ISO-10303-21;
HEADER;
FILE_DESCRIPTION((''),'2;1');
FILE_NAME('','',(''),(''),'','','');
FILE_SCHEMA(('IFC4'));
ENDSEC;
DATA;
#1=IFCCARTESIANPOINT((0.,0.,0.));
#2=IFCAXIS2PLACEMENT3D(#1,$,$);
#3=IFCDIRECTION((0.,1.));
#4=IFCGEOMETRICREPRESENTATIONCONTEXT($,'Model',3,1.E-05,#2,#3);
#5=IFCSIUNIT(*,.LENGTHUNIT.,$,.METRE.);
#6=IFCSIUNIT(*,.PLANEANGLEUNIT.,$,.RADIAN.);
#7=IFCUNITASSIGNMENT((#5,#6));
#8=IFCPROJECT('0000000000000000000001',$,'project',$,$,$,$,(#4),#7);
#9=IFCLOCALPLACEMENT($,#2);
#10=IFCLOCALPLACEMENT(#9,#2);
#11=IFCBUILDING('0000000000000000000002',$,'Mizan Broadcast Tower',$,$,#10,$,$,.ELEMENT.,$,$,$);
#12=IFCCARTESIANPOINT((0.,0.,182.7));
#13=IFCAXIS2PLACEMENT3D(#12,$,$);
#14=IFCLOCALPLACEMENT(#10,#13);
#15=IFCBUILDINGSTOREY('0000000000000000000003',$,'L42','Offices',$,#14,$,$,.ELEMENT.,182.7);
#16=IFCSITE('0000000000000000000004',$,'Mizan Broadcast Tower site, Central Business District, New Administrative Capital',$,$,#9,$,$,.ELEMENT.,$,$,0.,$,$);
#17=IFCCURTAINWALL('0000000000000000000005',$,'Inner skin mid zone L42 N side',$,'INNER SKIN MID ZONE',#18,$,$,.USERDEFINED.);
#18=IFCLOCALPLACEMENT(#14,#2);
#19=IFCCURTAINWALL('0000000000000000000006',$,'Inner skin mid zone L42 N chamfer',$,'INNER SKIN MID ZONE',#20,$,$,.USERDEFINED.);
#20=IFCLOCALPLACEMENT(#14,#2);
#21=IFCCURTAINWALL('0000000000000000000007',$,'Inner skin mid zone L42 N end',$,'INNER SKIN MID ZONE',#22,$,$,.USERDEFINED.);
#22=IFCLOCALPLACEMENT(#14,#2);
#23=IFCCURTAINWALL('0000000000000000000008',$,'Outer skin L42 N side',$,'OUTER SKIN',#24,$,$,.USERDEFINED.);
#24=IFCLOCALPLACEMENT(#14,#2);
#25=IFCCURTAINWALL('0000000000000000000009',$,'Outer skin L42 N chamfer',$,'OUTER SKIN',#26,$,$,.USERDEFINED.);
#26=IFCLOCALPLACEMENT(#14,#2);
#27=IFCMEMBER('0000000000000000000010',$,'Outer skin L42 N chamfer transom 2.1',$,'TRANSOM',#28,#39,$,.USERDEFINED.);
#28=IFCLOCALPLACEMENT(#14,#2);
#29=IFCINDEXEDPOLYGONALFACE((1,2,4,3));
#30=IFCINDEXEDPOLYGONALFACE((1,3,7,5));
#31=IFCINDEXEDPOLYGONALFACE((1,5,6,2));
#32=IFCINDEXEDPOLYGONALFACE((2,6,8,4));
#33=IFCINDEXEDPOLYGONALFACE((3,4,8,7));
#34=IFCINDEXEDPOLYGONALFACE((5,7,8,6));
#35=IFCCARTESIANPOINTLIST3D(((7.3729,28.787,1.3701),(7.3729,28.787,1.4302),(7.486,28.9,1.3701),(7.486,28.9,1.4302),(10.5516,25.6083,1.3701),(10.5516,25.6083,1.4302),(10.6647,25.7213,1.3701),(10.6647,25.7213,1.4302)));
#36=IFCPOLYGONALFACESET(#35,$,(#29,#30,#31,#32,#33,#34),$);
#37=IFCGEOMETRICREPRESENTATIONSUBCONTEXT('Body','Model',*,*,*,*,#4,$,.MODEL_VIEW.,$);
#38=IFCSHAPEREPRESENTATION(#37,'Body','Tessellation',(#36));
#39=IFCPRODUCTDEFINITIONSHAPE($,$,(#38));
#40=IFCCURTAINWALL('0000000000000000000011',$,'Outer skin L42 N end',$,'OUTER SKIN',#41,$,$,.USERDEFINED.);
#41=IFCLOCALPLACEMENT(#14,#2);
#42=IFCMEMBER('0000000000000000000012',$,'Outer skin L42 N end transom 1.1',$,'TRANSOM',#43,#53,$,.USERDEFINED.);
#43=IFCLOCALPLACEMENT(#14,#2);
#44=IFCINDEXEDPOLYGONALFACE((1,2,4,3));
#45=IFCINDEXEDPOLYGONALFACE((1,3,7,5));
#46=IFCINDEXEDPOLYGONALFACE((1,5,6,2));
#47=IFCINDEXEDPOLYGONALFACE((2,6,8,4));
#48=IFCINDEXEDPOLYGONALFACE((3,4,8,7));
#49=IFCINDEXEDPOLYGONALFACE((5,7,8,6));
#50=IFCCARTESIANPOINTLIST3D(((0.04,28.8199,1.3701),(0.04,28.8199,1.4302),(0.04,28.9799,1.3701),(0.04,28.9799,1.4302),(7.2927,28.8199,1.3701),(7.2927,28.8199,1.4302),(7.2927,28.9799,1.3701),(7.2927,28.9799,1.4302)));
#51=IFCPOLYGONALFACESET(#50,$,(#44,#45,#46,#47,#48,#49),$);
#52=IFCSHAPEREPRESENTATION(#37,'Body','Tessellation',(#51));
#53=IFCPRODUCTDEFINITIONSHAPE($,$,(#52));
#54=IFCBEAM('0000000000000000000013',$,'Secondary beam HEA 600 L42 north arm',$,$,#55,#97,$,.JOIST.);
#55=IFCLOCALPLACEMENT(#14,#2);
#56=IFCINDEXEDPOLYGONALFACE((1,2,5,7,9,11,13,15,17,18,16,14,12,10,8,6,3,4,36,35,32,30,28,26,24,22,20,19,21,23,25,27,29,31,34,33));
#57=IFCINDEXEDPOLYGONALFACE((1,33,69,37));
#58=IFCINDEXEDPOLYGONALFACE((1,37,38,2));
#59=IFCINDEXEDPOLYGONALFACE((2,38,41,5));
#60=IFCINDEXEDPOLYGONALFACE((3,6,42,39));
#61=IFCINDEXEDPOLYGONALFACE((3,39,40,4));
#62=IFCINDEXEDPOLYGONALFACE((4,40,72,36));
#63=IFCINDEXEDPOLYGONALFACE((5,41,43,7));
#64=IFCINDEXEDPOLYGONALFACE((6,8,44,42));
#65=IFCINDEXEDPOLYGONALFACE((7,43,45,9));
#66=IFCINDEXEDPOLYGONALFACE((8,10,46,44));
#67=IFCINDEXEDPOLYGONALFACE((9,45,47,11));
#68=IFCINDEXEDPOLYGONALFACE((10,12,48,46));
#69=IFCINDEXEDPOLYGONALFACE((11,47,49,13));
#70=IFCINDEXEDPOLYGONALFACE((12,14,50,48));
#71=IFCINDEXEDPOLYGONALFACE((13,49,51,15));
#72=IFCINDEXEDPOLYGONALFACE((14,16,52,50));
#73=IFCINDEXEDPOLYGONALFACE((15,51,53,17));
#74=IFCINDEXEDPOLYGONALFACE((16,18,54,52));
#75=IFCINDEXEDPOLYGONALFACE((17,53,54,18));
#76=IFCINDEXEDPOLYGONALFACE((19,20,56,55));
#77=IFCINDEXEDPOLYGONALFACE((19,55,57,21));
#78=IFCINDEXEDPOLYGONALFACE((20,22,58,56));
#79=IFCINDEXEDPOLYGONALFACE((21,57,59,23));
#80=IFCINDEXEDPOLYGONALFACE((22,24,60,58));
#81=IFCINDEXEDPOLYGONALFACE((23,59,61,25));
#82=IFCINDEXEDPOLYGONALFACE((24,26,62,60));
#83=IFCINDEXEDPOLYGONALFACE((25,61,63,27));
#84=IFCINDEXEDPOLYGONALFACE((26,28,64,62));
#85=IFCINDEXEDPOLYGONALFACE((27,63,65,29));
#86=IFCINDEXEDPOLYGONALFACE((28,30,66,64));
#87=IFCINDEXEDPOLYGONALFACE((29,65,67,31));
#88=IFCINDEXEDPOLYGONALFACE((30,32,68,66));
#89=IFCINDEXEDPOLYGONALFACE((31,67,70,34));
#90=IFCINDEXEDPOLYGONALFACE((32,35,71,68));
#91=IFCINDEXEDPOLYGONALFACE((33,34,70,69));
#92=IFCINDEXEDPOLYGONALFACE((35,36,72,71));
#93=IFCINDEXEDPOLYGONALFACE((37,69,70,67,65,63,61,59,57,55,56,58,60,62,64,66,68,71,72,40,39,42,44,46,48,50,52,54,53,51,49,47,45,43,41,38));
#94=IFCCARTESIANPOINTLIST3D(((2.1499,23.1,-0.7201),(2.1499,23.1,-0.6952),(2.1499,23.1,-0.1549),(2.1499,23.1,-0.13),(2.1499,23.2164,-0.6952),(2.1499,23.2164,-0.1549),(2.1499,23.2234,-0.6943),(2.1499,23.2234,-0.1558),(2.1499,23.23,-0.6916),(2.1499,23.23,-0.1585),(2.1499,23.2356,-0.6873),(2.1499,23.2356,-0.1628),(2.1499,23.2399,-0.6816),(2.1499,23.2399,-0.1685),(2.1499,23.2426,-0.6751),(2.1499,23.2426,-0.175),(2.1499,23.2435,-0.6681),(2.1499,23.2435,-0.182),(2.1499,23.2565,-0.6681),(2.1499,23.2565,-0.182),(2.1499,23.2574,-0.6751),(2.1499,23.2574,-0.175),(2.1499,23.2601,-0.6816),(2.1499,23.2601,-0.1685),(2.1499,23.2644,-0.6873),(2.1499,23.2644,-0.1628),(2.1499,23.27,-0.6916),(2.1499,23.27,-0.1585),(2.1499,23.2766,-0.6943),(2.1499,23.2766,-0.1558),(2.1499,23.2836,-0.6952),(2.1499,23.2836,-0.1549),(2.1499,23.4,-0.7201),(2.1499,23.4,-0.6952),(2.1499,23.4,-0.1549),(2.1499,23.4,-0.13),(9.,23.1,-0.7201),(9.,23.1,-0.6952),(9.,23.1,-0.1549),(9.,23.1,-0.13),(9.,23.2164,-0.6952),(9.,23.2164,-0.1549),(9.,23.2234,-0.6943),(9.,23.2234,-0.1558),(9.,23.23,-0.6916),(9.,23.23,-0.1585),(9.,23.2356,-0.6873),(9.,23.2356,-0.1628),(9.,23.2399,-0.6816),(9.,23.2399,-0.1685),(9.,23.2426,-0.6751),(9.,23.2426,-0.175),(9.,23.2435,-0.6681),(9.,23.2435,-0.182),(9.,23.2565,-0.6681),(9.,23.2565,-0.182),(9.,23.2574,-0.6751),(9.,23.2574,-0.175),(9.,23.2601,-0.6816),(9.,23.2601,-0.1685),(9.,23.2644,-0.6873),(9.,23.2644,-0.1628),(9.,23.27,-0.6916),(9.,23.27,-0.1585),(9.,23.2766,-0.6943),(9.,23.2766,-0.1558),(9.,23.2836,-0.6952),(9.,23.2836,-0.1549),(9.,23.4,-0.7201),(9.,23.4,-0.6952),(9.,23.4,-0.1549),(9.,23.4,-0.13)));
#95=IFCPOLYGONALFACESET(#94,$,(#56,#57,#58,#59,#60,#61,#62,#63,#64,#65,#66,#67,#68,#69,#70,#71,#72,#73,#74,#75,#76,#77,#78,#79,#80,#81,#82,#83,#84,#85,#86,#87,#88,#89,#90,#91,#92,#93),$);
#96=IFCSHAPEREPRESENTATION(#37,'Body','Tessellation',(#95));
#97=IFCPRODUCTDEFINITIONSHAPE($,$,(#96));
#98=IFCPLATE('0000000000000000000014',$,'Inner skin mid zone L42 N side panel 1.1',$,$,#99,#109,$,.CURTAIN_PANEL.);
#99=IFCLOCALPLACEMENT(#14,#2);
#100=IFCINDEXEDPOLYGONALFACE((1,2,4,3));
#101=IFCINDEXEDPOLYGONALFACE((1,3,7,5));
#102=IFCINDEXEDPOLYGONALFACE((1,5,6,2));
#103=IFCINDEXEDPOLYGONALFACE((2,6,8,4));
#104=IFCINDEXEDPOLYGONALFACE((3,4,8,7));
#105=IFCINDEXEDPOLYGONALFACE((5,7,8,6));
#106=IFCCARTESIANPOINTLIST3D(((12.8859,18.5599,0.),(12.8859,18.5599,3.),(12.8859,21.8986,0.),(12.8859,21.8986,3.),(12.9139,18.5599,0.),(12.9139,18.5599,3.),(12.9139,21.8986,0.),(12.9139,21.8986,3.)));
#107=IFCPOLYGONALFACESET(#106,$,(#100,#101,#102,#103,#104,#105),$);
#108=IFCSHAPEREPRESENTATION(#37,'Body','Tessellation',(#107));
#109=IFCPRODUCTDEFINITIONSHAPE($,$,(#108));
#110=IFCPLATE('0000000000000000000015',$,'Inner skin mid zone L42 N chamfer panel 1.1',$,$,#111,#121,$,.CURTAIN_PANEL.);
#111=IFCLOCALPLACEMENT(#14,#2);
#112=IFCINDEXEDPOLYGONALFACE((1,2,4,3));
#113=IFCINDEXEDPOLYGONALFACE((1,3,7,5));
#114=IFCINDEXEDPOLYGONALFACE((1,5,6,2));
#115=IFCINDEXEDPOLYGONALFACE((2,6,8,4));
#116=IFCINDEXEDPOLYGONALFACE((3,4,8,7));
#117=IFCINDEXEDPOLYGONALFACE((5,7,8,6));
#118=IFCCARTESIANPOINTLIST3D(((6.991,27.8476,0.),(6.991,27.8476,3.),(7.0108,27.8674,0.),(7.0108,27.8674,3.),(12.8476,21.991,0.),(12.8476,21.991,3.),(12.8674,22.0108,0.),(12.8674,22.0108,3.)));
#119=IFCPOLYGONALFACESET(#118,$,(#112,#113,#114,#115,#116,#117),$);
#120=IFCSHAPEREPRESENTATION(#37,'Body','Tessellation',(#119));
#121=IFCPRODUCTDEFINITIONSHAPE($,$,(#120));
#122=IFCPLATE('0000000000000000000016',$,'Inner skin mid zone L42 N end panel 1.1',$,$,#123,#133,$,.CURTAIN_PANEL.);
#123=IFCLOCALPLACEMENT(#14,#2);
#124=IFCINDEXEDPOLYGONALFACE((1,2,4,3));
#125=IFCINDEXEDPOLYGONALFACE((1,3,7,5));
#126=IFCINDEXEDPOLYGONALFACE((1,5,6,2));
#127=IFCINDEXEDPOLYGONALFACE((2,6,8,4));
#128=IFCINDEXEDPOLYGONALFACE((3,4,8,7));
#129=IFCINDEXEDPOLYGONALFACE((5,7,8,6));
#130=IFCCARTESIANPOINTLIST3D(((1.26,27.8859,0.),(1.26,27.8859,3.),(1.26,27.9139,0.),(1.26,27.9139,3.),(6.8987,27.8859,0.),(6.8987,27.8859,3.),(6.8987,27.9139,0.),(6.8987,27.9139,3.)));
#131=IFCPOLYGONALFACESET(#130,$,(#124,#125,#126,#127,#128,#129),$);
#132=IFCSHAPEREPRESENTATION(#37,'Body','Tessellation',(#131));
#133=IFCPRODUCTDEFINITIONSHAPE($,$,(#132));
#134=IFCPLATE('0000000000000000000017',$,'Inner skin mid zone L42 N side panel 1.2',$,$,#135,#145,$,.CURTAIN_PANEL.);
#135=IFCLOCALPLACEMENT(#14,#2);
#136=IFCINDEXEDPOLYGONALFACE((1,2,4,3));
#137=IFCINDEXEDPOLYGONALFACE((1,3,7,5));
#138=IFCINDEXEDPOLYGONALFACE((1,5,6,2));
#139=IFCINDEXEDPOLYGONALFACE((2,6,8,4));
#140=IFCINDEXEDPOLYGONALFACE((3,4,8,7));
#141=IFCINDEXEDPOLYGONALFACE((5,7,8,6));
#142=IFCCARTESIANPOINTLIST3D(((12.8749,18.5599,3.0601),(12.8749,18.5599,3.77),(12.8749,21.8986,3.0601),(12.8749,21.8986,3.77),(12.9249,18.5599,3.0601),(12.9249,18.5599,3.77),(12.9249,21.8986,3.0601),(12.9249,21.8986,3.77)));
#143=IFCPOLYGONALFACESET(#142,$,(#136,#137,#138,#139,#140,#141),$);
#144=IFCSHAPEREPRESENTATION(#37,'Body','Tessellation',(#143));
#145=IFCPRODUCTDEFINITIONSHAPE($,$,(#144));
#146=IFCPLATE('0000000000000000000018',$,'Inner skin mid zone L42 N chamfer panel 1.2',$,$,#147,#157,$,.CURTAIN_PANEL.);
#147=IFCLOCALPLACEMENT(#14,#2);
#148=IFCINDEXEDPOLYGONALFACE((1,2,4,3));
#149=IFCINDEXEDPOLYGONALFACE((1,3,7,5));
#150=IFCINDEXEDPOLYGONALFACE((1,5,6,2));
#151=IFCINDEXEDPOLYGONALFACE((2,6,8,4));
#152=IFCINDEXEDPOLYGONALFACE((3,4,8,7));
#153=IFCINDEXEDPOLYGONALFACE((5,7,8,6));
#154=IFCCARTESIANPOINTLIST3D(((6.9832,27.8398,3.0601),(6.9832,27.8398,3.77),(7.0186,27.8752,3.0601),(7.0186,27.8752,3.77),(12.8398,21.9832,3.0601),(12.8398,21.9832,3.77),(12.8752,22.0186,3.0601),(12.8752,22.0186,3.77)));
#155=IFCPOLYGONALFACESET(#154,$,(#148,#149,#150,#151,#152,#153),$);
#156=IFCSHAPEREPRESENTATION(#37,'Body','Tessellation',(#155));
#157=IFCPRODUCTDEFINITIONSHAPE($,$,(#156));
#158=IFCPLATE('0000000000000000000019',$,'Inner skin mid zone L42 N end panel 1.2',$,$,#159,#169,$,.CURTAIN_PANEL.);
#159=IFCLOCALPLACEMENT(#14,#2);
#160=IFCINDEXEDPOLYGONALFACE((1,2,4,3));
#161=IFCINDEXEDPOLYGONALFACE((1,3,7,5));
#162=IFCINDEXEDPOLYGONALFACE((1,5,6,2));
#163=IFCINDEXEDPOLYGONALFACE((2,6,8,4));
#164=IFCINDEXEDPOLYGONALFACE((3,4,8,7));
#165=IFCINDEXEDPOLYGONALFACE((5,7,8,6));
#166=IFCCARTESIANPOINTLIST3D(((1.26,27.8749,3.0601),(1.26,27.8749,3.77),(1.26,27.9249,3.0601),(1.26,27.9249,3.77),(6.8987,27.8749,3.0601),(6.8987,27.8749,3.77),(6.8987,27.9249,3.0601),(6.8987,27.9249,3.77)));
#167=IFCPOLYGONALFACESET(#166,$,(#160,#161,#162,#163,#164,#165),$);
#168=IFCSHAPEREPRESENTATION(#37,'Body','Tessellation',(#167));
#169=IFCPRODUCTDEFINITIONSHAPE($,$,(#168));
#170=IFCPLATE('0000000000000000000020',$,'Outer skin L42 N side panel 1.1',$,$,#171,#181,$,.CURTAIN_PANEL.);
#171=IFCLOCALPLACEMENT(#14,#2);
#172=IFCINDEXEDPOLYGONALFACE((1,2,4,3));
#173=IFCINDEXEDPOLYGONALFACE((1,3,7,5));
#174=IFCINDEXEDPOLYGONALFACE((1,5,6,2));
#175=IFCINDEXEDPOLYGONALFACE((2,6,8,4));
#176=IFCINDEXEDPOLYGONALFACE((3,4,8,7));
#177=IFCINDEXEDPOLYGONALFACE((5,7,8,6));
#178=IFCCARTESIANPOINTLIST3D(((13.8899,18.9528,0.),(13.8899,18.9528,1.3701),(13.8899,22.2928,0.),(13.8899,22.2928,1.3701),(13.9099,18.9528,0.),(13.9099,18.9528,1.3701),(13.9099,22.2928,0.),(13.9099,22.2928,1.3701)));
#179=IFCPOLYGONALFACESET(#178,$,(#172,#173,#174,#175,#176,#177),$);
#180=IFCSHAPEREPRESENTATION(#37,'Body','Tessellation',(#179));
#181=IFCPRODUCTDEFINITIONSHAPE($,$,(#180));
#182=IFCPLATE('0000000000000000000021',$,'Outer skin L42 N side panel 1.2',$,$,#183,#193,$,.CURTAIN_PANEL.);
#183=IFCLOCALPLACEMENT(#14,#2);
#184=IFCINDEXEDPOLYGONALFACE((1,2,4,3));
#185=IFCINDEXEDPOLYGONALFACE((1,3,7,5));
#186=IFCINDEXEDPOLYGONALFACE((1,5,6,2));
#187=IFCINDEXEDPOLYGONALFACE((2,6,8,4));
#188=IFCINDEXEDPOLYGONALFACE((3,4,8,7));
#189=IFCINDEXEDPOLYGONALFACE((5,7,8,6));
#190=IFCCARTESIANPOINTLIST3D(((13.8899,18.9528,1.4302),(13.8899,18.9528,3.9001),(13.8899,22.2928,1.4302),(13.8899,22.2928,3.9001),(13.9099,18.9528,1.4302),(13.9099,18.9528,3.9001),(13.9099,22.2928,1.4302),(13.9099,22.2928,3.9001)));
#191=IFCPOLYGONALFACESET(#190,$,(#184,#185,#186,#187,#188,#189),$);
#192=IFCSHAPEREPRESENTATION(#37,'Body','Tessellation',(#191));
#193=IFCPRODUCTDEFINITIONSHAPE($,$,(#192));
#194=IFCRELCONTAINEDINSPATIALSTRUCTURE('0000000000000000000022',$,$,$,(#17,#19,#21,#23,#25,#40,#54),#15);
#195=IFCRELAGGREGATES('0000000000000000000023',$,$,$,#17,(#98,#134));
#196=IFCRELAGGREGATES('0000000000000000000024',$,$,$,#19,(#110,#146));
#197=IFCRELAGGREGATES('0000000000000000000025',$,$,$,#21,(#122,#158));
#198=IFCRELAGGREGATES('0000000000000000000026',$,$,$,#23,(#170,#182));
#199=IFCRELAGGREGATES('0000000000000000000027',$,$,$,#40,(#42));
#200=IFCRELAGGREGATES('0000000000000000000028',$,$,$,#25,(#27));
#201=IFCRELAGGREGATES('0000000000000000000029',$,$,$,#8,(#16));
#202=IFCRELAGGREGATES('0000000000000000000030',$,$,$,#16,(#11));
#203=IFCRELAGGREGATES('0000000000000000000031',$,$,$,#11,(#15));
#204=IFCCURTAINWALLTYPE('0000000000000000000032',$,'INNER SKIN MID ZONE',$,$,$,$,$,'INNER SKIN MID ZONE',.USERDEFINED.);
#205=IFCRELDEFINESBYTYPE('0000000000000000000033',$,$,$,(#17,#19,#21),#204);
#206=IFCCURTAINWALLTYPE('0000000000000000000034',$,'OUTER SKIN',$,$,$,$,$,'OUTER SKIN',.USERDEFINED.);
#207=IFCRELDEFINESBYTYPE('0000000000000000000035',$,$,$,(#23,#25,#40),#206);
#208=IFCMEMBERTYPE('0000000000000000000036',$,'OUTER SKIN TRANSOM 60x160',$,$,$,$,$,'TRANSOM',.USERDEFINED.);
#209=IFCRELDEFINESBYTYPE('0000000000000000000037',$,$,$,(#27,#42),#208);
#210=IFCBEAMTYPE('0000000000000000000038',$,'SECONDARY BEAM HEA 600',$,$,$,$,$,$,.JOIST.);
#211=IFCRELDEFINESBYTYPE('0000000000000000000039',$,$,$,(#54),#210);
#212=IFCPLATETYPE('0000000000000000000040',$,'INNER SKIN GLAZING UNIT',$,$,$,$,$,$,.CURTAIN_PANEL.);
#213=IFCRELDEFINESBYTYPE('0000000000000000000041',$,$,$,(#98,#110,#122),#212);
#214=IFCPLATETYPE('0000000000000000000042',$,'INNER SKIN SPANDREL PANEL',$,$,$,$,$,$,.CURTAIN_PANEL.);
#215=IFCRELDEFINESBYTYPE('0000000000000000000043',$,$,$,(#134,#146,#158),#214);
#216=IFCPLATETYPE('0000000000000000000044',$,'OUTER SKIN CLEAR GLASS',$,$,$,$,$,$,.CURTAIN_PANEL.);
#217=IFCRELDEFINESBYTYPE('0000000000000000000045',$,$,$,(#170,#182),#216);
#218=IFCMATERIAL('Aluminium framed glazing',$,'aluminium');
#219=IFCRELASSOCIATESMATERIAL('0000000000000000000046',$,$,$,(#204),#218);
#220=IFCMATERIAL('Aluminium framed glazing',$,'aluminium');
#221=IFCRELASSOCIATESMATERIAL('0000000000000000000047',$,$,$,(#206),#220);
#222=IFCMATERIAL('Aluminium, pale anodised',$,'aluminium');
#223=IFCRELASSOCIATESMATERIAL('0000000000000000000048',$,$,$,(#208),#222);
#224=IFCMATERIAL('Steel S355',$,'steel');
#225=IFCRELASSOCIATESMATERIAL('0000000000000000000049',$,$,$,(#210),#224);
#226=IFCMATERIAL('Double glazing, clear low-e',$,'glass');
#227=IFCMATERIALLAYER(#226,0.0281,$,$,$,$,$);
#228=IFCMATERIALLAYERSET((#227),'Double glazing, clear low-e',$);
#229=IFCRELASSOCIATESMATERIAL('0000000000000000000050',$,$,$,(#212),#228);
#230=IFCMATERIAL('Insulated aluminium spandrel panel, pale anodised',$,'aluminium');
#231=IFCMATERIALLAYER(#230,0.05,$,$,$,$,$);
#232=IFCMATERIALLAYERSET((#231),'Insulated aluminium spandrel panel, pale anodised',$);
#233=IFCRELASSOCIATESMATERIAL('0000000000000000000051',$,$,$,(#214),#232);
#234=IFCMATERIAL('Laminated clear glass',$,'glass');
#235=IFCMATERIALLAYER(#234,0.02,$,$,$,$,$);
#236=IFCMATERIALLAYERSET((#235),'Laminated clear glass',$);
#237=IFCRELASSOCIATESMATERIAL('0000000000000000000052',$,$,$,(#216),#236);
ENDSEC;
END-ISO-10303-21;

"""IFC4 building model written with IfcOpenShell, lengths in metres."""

from ifc_helpers import new_model, si_unit, direction, frame, origin, origin_2d, place, context, subcontext, project, spatial, rectangle, i_section, extrude, material, layer, layer_set, material_profile, profile_set, type_object, element, aggregate, save


model = new_model("IFC4")

# Units and contexts
model_context = context("Model", 3, precision=1e-05, world=origin(), true_north=direction((0.0, 1.0)))
body_context = subcontext(model_context, "Body", "Model", "MODEL_VIEW")
ifc_project = project(units=[si_unit("LENGTHUNIT", "METRE"), si_unit("PLANEANGLEUNIT", "RADIAN")], contexts=[model_context])

# Site, building, storey
site_placement = place(None, origin())
site = spatial("IfcSite", under=ifc_project, at=site_placement, Name="Mizan Broadcast Tower site, Central Business District, New Administrative Capital", CompositionType="ELEMENT", RefElevation=0.0)
building_placement = place(site_placement, origin())
building = spatial("IfcBuilding", under=site, at=building_placement, Name="Mizan Broadcast Tower", CompositionType="ELEMENT")
storey_placement = place(building_placement, frame((0.0, 0.0, 182.7)))
storey = spatial("IfcBuildingStorey", under=building, at=storey_placement, Name="L42", Description="Offices", CompositionType="ELEMENT", Elevation=182.7)

# Curtain walls
ifc_material_1 = material(Name="Aluminium framed glazing", Category="aluminium")
curtain_wall_type_1 = type_object("IfcCurtainWallType", Name="INNER SKIN MID ZONE", ElementType="INNER SKIN MID ZONE", PredefinedType="USERDEFINED", material=ifc_material_1)
curtain_wall_1_placement = place(storey_placement, origin())
curtain_wall_1 = element("IfcCurtainWall", 1, at=curtain_wall_1_placement, inside=storey, type_object=curtain_wall_type_1, Name="Inner skin mid zone L42 N side", ObjectType="INNER SKIN MID ZONE", PredefinedType="USERDEFINED")
curtain_wall_2_placement = place(storey_placement, origin())
curtain_wall_2 = element("IfcCurtainWall", 2, at=curtain_wall_2_placement, inside=storey, type_object=curtain_wall_type_1, Name="Inner skin mid zone L42 N chamfer", ObjectType="INNER SKIN MID ZONE", PredefinedType="USERDEFINED")
curtain_wall_3_placement = place(storey_placement, origin())
curtain_wall_3 = element("IfcCurtainWall", 3, at=curtain_wall_3_placement, inside=storey, type_object=curtain_wall_type_1, Name="Inner skin mid zone L42 N end", ObjectType="INNER SKIN MID ZONE", PredefinedType="USERDEFINED")

# Curtain wall
ifc_material_2 = material(Name="Aluminium framed glazing", Category="aluminium")
curtain_wall_type_2 = type_object("IfcCurtainWallType", Name="OUTER SKIN", ElementType="OUTER SKIN", PredefinedType="USERDEFINED", material=ifc_material_2)
curtain_wall_4_placement = place(storey_placement, origin())
curtain_wall_4 = element("IfcCurtainWall", 4, at=curtain_wall_4_placement, inside=storey, type_object=curtain_wall_type_2, Name="Outer skin L42 N side", ObjectType="OUTER SKIN", PredefinedType="USERDEFINED")

# Curtain wall, member
curtain_wall_5_placement = place(storey_placement, origin())
curtain_wall_5 = element("IfcCurtainWall", 5, at=curtain_wall_5_placement, inside=storey, type_object=curtain_wall_type_2, Name="Outer skin L42 N chamfer", ObjectType="OUTER SKIN", PredefinedType="USERDEFINED")
ifc_material_3 = material(Name="Aluminium, pale anodised", Category="aluminium")
ifc_material_profile_1 = material_profile(ifc_material_3, rectangle(XDim=0.1599, YDim=0.0601, at=origin_2d()), Name="TRANSOM 160x60")
ifc_profile_set_1 = profile_set([ifc_material_profile_1], Name="Aluminium, pale anodised")
member_type_1 = type_object("IfcMemberType", Name="OUTER SKIN TRANSOM 60x160", ElementType="TRANSOM", PredefinedType="USERDEFINED", material=ifc_profile_set_1)
member_1_placement = place(storey_placement, frame((10.6082, 25.6648, 1.4001), z_axis=(-0.707107, 0.707107, 0.0), x_axis=(-0.707107, -0.707107, 0.0)))
member_1 = element("IfcMember", 6, at=member_1_placement, type_object=member_type_1, Name="Outer skin L42 N chamfer transom 2.1", ObjectType="TRANSOM", PredefinedType="USERDEFINED", context=body_context, shape_type="SweptSolid", body=[
    extrude(rectangle(XDim=0.1599, YDim=0.0601, at=origin_2d()), origin(), (0.0, 0.0, 1.0), 4.4954),
])

# Curtain wall, member
curtain_wall_6_placement = place(storey_placement, origin())
curtain_wall_6 = element("IfcCurtainWall", 7, at=curtain_wall_6_placement, inside=storey, type_object=curtain_wall_type_2, Name="Outer skin L42 N end", ObjectType="OUTER SKIN", PredefinedType="USERDEFINED")
member_2_placement = place(storey_placement, frame((7.2927, 28.8999, 1.4001), z_axis=(-1.0, 0.0, 0.0), x_axis=(0.0, -1.0, 0.0)))
member_2 = element("IfcMember", 8, at=member_2_placement, type_object=member_type_1, Name="Outer skin L42 N end transom 1.1", ObjectType="TRANSOM", PredefinedType="USERDEFINED", context=body_context, shape_type="SweptSolid", body=[
    extrude(rectangle(XDim=0.1599, YDim=0.0601, at=origin_2d()), origin(), (0.0, 0.0, 1.0), 7.2527),
])

# Beam
ifc_material_4 = material(Name="Steel S355", Category="steel")
ifc_material_profile_2 = material_profile(ifc_material_4, i_section(OverallWidth=0.3, OverallDepth=0.5901, WebThickness=0.0129, FlangeThickness=0.0249, FilletRadius=0.0271, at=origin_2d()), Name="HEA 600")
ifc_profile_set_2 = profile_set([ifc_material_profile_2], Name="Steel S355")
beam_type_1 = type_object("IfcBeamType", Name="SECONDARY BEAM HEA 600", PredefinedType="JOIST", material=ifc_profile_set_2)
beam_1_placement = place(storey_placement, frame((9.0, 23.25, -0.425), z_axis=(-1.0, 0.0, 0.0), x_axis=(0.0, -1.0, 0.0)))
element("IfcBeam", 9, at=beam_1_placement, inside=storey, type_object=beam_type_1, Name="Secondary beam HEA 600 L42 north arm", PredefinedType="JOIST", context=body_context, shape_type="SweptSolid", body=[
    extrude(i_section(OverallWidth=0.3, OverallDepth=0.5901, WebThickness=0.0129, FlangeThickness=0.0249, FilletRadius=0.0271, at=origin_2d()), origin(), (0.0, 0.0, 1.0), 6.8501),
])

# Plates
ifc_material_5 = material(Name="Double glazing, clear low-e", Category="glass")
ifc_layer_1 = layer(ifc_material_5, 0.0281)
ifc_layer_set_1 = layer_set([ifc_layer_1], Name="Double glazing, clear low-e")
plate_type_1 = type_object("IfcPlateType", Name="INNER SKIN GLAZING UNIT", PredefinedType="CURTAIN_PANEL", material=ifc_layer_set_1)
plate_1_placement = place(storey_placement, frame((12.8999, 20.2292, 0.0), z_axis=(0.0, 0.0, 1.0), x_axis=(0.0, 1.0, 0.0)))
plate_1 = element("IfcPlate", 10, at=plate_1_placement, type_object=plate_type_1, Name="Inner skin mid zone L42 N side panel 1.1", PredefinedType="CURTAIN_PANEL", context=body_context, shape_type="SweptSolid", body=[
    extrude(rectangle(XDim=3.3386, YDim=0.0281, at=origin_2d()), origin(), (0.0, 0.0, 1.0), 3.0),
])
plate_2_placement = place(storey_placement, frame((9.9292, 24.9292, 0.0), z_axis=(0.0, 0.0, 1.0), x_axis=(-0.707107, 0.707107, 0.0)))
plate_2 = element("IfcPlate", 11, at=plate_2_placement, type_object=plate_type_1, Name="Inner skin mid zone L42 N chamfer panel 1.1", PredefinedType="CURTAIN_PANEL", context=body_context, shape_type="SweptSolid", body=[
    extrude(rectangle(XDim=8.2825, YDim=0.0281, at=origin_2d()), origin(), (0.0, 0.0, 1.0), 3.0),
])
plate_3_placement = place(storey_placement, frame((4.0793, 27.8999, 0.0), z_axis=(0.0, 0.0, 1.0), x_axis=(-1.0, 0.0, 0.0)))
plate_3 = element("IfcPlate", 12, at=plate_3_placement, type_object=plate_type_1, Name="Inner skin mid zone L42 N end panel 1.1", PredefinedType="CURTAIN_PANEL", context=body_context, shape_type="SweptSolid", body=[
    extrude(rectangle(XDim=5.6387, YDim=0.0281, at=origin_2d()), origin(), (0.0, 0.0, 1.0), 3.0),
])
ifc_material_6 = material(Name="Insulated aluminium spandrel panel, pale anodised", Category="aluminium")
ifc_layer_2 = layer(ifc_material_6, 0.05)
ifc_layer_set_2 = layer_set([ifc_layer_2], Name="Insulated aluminium spandrel panel, pale anodised")
plate_type_2 = type_object("IfcPlateType", Name="INNER SKIN SPANDREL PANEL", PredefinedType="CURTAIN_PANEL", material=ifc_layer_set_2)
plate_4_placement = place(storey_placement, frame((12.8999, 20.2292, 3.0601), z_axis=(0.0, 0.0, 1.0), x_axis=(0.0, 1.0, 0.0)))
plate_4 = element("IfcPlate", 13, at=plate_4_placement, type_object=plate_type_2, Name="Inner skin mid zone L42 N side panel 1.2", PredefinedType="CURTAIN_PANEL", context=body_context, shape_type="SweptSolid", body=[
    extrude(rectangle(XDim=3.3386, YDim=0.05, at=origin_2d()), origin(), (0.0, 0.0, 1.0), 0.71),
])
aggregate(curtain_wall_1, [plate_1, plate_4])
plate_5_placement = place(storey_placement, frame((9.9292, 24.9292, 3.0601), z_axis=(0.0, 0.0, 1.0), x_axis=(-0.707107, 0.707107, 0.0)))
plate_5 = element("IfcPlate", 14, at=plate_5_placement, type_object=plate_type_2, Name="Inner skin mid zone L42 N chamfer panel 1.2", PredefinedType="CURTAIN_PANEL", context=body_context, shape_type="SweptSolid", body=[
    extrude(rectangle(XDim=8.2825, YDim=0.05, at=origin_2d()), origin(), (0.0, 0.0, 1.0), 0.71),
])
aggregate(curtain_wall_2, [plate_2, plate_5])
plate_6_placement = place(storey_placement, frame((4.0793, 27.8999, 3.0601), z_axis=(0.0, 0.0, 1.0), x_axis=(-1.0, 0.0, 0.0)))
plate_6 = element("IfcPlate", 15, at=plate_6_placement, type_object=plate_type_2, Name="Inner skin mid zone L42 N end panel 1.2", PredefinedType="CURTAIN_PANEL", context=body_context, shape_type="SweptSolid", body=[
    extrude(rectangle(XDim=5.6387, YDim=0.05, at=origin_2d()), origin(), (0.0, 0.0, 1.0), 0.71),
])
aggregate(curtain_wall_3, [plate_3, plate_6])
ifc_material_7 = material(Name="Laminated clear glass", Category="glass")
ifc_layer_3 = layer(ifc_material_7, 0.02)
ifc_layer_set_3 = layer_set([ifc_layer_3], Name="Laminated clear glass")
plate_type_3 = type_object("IfcPlateType", Name="OUTER SKIN CLEAR GLASS", PredefinedType="CURTAIN_PANEL", material=ifc_layer_set_3)
plate_7_placement = place(storey_placement, frame((13.8999, 20.6228, 0.0), z_axis=(0.0, 0.0, 1.0), x_axis=(0.0, 1.0, 0.0)))
plate_7 = element("IfcPlate", 16, at=plate_7_placement, type_object=plate_type_3, Name="Outer skin L42 N side panel 1.1", PredefinedType="CURTAIN_PANEL", context=body_context, shape_type="SweptSolid", body=[
    extrude(rectangle(XDim=3.3401, YDim=0.02, at=origin_2d()), origin(), (0.0, 0.0, 1.0), 1.3701),
])
plate_8_placement = place(storey_placement, frame((13.8999, 20.6228, 1.4302), z_axis=(0.0, 0.0, 1.0), x_axis=(0.0, 1.0, 0.0)))
plate_8 = element("IfcPlate", 17, at=plate_8_placement, type_object=plate_type_3, Name="Outer skin L42 N side panel 1.2", PredefinedType="CURTAIN_PANEL", context=body_context, shape_type="SweptSolid", body=[
    extrude(rectangle(XDim=3.3401, YDim=0.02, at=origin_2d()), origin(), (0.0, 0.0, 1.0), 2.47),
])
aggregate(curtain_wall_4, [plate_7, plate_8])
aggregate(curtain_wall_6, [member_2])
aggregate(curtain_wall_5, [member_1])

save(model, "model.ifc")
